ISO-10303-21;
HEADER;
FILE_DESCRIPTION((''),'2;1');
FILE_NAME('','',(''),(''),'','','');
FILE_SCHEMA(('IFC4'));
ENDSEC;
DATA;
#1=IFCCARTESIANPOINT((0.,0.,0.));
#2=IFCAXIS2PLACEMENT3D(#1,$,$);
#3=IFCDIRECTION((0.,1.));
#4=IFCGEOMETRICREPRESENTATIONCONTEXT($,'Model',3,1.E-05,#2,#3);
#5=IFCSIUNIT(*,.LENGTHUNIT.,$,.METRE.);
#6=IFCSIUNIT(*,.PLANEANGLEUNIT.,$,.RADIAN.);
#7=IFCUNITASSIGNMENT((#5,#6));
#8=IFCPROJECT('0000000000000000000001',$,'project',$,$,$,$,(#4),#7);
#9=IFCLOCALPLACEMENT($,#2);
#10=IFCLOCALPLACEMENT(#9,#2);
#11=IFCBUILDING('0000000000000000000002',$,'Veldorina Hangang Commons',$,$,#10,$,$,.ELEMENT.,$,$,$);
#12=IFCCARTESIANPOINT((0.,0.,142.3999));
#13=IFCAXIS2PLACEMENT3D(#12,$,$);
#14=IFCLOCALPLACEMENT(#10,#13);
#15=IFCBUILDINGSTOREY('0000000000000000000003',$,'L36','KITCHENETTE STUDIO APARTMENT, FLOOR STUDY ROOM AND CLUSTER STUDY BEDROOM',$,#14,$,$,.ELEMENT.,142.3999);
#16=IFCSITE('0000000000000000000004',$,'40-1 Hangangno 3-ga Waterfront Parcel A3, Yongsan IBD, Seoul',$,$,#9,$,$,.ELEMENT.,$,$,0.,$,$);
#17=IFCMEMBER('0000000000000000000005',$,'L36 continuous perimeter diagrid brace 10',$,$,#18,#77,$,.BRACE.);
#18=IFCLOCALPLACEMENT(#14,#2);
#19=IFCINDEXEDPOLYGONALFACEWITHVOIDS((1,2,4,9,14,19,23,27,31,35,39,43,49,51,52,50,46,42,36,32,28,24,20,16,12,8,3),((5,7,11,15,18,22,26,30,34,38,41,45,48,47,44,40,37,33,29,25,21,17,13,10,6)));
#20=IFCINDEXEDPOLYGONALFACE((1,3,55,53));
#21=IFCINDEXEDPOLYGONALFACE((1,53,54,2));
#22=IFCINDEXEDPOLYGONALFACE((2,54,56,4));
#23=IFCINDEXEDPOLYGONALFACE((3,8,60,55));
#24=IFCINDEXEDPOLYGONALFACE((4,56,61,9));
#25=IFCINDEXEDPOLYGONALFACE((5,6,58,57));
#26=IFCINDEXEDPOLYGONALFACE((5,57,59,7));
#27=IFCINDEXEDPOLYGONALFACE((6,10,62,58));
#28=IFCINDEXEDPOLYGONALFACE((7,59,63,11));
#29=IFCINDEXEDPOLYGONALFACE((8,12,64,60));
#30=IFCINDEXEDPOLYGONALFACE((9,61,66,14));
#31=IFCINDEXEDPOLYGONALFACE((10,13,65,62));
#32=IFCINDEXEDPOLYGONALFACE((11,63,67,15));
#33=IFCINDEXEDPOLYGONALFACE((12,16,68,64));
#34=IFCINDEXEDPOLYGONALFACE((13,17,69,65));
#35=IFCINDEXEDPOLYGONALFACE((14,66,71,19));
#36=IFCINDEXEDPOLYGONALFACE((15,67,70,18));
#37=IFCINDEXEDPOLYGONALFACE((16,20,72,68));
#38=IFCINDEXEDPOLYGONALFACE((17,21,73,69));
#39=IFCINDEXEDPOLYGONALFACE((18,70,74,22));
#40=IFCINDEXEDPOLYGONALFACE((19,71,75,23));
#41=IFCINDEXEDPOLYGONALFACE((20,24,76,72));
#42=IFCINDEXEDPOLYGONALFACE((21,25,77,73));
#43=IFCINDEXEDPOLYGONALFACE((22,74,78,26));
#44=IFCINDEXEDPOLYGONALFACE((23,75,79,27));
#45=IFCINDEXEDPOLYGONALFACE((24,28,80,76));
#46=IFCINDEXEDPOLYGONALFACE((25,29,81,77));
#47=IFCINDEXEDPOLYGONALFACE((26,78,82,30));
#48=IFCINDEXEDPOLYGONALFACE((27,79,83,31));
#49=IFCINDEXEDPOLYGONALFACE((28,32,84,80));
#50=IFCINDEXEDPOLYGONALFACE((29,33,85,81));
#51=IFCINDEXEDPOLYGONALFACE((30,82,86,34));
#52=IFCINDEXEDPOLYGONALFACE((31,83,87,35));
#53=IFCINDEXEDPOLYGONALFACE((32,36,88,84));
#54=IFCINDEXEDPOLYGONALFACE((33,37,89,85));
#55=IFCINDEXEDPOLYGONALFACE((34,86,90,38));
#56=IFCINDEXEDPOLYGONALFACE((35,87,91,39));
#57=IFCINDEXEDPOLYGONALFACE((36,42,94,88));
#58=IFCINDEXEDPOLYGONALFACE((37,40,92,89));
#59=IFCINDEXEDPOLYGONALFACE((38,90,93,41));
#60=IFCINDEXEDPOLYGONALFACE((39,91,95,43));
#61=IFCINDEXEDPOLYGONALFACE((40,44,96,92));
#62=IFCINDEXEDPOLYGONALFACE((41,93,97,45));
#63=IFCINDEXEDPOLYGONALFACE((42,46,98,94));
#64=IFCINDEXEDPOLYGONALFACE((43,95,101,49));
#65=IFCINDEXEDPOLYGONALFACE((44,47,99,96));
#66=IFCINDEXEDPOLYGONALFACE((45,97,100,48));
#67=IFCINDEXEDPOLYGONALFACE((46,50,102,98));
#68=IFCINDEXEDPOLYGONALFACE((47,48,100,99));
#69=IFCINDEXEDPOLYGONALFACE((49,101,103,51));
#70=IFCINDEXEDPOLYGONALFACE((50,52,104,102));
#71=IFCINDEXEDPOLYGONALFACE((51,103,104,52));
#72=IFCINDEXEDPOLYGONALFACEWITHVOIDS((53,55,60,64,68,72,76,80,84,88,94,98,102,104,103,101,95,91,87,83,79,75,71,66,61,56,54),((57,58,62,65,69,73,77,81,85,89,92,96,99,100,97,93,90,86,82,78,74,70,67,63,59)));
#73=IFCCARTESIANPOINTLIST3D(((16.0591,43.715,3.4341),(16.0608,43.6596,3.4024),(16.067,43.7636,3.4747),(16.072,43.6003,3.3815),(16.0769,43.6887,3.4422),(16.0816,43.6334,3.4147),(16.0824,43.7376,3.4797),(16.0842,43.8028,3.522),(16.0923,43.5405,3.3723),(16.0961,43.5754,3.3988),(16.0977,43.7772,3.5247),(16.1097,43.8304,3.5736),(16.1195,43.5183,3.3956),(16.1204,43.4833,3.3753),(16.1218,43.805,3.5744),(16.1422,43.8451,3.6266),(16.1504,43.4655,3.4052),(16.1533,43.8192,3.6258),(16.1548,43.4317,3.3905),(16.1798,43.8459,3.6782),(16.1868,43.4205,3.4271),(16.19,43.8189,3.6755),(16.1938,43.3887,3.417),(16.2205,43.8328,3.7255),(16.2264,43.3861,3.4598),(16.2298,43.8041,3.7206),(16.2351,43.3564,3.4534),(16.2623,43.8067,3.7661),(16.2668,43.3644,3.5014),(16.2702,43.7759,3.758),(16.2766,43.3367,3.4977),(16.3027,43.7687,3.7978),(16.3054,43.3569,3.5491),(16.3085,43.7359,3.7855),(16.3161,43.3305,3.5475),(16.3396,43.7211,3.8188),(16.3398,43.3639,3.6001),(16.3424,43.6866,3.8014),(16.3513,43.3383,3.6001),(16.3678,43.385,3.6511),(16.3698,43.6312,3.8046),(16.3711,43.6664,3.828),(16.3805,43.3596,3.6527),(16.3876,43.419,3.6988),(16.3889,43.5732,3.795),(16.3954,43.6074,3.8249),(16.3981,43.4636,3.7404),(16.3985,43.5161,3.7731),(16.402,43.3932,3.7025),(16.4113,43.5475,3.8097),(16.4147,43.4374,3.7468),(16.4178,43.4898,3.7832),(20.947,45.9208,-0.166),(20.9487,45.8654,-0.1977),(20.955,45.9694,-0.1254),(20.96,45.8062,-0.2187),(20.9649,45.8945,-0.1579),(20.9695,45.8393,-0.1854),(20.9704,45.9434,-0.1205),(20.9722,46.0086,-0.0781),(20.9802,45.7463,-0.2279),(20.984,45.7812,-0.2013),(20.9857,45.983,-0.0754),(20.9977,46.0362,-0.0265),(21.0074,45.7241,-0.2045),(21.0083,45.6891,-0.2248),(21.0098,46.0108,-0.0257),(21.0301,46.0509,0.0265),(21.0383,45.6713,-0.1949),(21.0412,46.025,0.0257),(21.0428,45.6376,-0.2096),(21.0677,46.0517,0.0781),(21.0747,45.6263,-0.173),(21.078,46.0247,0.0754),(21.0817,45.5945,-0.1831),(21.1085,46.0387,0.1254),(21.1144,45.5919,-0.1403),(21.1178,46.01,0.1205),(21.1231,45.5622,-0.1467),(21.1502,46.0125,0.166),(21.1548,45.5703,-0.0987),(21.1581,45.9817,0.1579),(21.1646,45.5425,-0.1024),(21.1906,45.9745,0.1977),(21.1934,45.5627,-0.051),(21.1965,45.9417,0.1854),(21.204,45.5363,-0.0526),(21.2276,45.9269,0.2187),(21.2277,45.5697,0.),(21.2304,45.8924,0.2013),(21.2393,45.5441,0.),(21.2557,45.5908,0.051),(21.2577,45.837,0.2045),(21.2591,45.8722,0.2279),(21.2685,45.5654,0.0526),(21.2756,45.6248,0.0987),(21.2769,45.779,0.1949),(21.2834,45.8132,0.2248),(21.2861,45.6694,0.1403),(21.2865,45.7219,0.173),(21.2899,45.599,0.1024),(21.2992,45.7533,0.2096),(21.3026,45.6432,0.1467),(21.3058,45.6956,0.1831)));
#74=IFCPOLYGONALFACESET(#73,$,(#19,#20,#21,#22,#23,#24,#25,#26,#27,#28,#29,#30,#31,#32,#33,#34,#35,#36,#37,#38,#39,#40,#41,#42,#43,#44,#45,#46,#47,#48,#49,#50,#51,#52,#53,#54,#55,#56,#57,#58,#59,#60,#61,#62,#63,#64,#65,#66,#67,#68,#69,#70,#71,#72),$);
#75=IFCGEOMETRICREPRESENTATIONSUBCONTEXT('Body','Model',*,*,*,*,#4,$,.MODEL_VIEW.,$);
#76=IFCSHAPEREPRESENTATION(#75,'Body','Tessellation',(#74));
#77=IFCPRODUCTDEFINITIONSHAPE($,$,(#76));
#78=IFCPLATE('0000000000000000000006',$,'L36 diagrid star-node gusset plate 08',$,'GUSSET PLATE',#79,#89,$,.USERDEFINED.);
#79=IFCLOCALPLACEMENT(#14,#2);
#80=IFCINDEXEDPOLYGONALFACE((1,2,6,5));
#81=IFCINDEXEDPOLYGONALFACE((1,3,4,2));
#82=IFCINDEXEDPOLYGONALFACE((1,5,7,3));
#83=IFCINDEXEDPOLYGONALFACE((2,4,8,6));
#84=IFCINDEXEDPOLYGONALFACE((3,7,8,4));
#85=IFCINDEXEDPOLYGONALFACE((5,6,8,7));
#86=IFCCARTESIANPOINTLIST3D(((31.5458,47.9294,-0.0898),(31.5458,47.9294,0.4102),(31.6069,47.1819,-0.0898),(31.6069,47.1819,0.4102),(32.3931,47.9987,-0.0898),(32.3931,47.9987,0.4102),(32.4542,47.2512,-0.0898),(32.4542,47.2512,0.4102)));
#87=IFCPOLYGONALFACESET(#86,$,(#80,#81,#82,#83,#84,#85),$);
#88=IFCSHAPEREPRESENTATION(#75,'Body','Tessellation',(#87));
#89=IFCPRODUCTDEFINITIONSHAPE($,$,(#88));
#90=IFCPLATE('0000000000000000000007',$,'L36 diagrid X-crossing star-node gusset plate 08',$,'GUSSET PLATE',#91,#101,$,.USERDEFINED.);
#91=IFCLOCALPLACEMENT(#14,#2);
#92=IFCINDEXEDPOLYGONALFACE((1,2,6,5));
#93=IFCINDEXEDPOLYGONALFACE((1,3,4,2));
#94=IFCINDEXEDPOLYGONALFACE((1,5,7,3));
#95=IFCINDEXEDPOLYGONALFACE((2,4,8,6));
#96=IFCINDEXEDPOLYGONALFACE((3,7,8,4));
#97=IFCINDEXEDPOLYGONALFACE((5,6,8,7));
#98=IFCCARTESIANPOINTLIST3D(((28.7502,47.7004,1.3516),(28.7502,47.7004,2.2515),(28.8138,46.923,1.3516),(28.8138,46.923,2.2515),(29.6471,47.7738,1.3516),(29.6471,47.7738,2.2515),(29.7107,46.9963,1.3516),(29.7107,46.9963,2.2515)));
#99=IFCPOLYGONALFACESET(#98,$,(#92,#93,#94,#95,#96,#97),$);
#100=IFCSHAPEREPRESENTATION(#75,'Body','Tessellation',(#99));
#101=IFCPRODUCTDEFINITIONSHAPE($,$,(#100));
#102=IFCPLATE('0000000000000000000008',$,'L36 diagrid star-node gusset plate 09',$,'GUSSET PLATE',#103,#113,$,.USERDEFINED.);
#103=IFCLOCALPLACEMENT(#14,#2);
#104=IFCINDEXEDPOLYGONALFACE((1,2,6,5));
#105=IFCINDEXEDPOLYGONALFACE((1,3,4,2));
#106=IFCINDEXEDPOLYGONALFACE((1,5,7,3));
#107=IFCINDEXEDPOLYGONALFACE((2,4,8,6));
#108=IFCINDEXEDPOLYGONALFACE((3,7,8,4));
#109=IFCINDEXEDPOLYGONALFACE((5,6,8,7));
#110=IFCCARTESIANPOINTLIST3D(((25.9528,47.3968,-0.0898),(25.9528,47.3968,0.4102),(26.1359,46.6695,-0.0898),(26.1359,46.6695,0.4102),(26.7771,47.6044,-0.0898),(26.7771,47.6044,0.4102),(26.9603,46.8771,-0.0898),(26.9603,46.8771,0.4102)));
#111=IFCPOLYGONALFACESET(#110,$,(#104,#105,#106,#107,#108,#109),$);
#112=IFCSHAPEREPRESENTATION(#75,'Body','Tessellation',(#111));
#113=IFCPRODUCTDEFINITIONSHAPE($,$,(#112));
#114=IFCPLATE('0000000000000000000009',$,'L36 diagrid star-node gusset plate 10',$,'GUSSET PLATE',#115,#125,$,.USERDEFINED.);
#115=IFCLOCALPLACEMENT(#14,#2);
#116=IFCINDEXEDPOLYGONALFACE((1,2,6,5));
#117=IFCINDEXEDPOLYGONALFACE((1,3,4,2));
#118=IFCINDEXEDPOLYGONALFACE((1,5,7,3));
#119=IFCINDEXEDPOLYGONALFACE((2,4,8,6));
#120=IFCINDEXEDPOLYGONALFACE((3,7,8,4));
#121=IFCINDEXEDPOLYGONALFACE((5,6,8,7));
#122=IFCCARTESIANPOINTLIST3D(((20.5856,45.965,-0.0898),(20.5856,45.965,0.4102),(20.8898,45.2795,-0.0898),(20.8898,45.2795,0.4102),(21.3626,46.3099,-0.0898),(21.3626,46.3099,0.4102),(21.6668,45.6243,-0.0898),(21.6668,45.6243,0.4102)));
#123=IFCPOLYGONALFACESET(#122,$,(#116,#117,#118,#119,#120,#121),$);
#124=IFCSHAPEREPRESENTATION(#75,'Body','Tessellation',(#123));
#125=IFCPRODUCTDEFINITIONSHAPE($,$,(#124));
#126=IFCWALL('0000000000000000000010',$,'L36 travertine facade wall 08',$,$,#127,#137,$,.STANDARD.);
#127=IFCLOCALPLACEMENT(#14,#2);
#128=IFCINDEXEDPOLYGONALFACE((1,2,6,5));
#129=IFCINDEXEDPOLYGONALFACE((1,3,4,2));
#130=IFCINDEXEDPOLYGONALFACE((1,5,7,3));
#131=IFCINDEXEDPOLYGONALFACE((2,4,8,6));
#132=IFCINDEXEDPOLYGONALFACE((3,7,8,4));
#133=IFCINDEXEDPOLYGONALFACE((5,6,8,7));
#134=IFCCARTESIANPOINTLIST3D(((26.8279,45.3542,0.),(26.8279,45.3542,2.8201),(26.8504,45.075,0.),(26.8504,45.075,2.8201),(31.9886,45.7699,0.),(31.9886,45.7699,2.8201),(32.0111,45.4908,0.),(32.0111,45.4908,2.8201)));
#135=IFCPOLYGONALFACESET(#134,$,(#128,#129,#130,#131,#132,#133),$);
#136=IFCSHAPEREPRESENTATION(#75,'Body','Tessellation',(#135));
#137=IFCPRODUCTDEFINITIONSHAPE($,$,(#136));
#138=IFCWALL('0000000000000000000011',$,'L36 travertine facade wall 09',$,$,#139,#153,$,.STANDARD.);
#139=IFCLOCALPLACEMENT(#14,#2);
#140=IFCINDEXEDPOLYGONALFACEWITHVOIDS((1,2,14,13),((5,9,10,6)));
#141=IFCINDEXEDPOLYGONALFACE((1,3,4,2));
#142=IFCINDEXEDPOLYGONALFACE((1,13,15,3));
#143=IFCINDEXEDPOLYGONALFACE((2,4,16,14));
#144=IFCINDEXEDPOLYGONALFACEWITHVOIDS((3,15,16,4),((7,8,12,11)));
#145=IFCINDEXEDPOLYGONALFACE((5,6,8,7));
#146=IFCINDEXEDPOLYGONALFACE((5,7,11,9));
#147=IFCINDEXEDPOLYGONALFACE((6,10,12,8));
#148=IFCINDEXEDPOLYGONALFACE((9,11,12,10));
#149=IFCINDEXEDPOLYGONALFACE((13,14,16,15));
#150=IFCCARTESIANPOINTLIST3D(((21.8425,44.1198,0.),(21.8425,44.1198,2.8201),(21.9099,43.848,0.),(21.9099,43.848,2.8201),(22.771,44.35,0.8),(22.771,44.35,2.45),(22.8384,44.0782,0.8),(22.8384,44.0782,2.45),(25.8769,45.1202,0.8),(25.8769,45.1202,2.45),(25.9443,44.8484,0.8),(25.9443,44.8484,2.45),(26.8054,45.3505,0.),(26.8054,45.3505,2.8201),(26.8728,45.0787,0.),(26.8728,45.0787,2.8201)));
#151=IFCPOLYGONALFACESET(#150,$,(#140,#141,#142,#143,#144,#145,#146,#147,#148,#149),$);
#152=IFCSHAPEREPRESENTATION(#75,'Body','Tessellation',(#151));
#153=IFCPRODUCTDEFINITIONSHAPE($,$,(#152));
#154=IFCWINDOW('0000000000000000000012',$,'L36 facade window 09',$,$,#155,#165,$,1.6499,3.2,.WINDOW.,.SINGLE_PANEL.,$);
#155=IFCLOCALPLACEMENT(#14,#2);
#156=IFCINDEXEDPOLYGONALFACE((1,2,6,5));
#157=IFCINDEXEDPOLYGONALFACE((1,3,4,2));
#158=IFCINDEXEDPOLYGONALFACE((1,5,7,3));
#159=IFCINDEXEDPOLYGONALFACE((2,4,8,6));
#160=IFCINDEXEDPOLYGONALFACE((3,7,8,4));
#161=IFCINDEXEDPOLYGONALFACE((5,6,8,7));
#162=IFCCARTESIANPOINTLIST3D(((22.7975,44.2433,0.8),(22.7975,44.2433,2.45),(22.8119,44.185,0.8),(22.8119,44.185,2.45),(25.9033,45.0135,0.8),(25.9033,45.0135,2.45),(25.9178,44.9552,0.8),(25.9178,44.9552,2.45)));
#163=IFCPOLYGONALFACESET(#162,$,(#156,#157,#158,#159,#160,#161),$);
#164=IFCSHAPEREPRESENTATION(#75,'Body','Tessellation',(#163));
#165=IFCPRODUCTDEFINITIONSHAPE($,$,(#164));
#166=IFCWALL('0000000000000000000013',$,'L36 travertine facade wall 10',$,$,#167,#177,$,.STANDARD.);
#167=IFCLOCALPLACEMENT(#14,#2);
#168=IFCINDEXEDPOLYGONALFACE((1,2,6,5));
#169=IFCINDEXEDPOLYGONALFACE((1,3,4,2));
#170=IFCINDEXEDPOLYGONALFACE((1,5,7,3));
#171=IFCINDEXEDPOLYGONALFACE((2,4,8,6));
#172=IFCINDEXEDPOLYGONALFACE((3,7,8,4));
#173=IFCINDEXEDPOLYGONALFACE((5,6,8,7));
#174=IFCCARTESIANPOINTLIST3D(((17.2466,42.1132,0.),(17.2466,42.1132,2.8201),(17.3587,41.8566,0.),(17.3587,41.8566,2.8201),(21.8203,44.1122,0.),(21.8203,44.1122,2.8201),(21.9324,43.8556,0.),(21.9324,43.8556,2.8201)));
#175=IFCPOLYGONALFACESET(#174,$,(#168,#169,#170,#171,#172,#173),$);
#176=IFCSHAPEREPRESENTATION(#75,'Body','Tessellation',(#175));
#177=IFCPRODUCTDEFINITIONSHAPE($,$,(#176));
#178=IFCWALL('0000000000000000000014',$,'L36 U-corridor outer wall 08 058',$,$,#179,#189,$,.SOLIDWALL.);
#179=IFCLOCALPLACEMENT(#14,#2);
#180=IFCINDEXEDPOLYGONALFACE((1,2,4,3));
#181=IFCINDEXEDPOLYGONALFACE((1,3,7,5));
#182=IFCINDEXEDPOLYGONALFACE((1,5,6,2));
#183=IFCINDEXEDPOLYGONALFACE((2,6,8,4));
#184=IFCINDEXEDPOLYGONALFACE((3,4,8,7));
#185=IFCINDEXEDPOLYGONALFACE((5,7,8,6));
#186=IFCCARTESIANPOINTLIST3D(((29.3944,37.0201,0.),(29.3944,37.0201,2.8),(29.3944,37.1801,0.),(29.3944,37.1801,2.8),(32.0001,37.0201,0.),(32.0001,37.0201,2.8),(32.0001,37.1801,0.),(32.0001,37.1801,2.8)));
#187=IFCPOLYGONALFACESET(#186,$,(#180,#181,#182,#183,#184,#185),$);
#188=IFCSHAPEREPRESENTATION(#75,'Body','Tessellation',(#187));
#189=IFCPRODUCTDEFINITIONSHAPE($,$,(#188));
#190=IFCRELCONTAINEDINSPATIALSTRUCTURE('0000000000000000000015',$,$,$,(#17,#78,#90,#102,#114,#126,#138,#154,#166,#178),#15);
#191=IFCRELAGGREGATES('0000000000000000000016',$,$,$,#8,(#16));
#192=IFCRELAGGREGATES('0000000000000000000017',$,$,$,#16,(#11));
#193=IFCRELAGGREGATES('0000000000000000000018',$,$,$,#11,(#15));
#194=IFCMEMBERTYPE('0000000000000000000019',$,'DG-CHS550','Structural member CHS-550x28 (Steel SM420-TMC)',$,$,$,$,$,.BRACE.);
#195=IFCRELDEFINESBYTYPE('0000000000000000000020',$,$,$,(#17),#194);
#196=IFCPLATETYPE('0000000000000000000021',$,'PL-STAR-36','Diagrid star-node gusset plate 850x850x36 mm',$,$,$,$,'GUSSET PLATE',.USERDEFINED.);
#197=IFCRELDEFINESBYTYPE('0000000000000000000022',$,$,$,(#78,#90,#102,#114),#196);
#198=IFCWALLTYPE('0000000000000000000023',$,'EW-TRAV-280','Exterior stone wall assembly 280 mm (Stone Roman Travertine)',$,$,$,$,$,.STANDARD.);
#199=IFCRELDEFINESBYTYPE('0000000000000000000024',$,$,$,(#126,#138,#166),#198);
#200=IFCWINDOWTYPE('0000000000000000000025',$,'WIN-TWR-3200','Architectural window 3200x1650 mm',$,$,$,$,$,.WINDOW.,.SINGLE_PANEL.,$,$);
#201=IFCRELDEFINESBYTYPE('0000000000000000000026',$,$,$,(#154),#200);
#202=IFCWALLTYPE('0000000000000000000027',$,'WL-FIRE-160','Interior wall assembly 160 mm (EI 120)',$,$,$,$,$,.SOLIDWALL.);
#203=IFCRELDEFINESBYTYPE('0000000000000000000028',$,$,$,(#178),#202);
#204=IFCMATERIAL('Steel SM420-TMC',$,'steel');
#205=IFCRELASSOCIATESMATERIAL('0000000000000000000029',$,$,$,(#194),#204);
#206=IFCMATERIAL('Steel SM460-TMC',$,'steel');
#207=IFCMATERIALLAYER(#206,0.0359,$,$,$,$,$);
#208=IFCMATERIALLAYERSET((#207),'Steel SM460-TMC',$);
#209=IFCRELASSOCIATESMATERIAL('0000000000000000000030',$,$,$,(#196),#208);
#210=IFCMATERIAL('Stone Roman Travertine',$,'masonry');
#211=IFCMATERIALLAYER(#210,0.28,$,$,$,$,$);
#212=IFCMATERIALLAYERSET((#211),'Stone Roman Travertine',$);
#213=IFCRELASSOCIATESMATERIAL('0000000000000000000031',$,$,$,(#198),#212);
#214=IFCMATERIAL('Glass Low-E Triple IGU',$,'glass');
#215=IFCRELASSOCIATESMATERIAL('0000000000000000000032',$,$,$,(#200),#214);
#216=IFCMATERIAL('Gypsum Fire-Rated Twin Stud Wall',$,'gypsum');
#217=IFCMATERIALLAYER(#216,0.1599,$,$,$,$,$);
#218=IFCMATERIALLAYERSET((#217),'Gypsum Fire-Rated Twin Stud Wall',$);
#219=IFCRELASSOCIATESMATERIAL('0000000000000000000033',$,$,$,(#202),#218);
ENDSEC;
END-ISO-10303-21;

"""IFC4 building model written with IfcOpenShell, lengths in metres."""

from ifc_helpers import new_model, si_unit, direction, frame, frame_2d, origin, origin_2d, place, context, subcontext, project, spatial, rectangle, hollow_circle, extrude, material, layer, layer_set, material_profile, profile_set, type_object, element, fill, save


model = new_model("IFC4")

# Units and contexts
model_context = context("Model", 3, precision=1e-05, world=origin(), true_north=direction((0.0, 1.0)))
body_context = subcontext(model_context, "Body", "Model", "MODEL_VIEW")
ifc_project = project(units=[si_unit("LENGTHUNIT", "METRE"), si_unit("PLANEANGLEUNIT", "RADIAN")], contexts=[model_context])

# Site, building, storey
site_placement = place(None, origin())
site = spatial("IfcSite", under=ifc_project, at=site_placement, Name="40-1 Hangangno 3-ga Waterfront Parcel A3, Yongsan IBD, Seoul", CompositionType="ELEMENT", RefElevation=0.0)
building_placement = place(site_placement, origin())
building = spatial("IfcBuilding", under=site, at=building_placement, Name="Veldorina Hangang Commons", CompositionType="ELEMENT")
storey_placement = place(building_placement, frame((0.0, 0.0, 142.3999)))
storey = spatial("IfcBuildingStorey", under=building, at=storey_placement, Name="L36", Description="KITCHENETTE STUDIO APARTMENT, FLOOR STUDY ROOM AND CLUSTER STUDY BEDROOM", CompositionType="ELEMENT", Elevation=142.3999)

# Shared definitions
ifc_material_1 = material(Name="Steel SM420-TMC", Category="steel")

# Member
ifc_material_profile_1 = material_profile(ifc_material_1, hollow_circle(Radius=0.2749, WallThickness=0.0281, at=origin_2d()), Name="CHS-550x28")
ifc_profile_set_1 = profile_set([ifc_material_profile_1], Name="Steel SM420-TMC")
member_type = type_object("IfcMemberType", Name="DG-CHS550", Description="Structural member CHS-550x28 (Steel SM420-TMC)", PredefinedType="BRACE", material=ifc_profile_set_1)
member_1_placement = place(storey_placement, frame((21.1262, 45.7947, 0.0), z_axis=(-0.756768, -0.341511, 0.55738), x_axis=(0.411332, -0.911486, 0.0)))
element("IfcMember", 1, at=member_1_placement, inside=storey, type_object=member_type, Name="L36 continuous perimeter diagrid brace 10", PredefinedType="BRACE", context=body_context, shape_type="SweptSolid", body=[
    extrude(hollow_circle(Radius=0.2749, WallThickness=0.0281, at=origin_2d()), origin(), (0.0, 0.0, 1.0), 6.459),
])

# Plates
ifc_material_2 = material(Name="Steel SM460-TMC", Category="steel")
ifc_layer_1 = layer(ifc_material_2, 0.0359)
ifc_layer_set_1 = layer_set([ifc_layer_1], Name="Steel SM460-TMC")
plate_type = type_object("IfcPlateType", Name="PL-STAR-36", Description="Diagrid star-node gusset plate 850x850x36 mm", ElementType="GUSSET PLATE", PredefinedType="USERDEFINED", material=ifc_layer_set_1)
plate_1_placement = place(storey_placement, frame((32.0, 47.5903, -0.0898), z_axis=(0.0, 0.0, 1.0), x_axis=(-0.996673, -0.081504, 0.0)))
element("IfcPlate", 2, at=plate_1_placement, inside=storey, type_object=plate_type, Name="L36 diagrid star-node gusset plate 08", ObjectType="GUSSET PLATE", PredefinedType="USERDEFINED", context=body_context, shape_type="SweptSolid", body=[
    extrude(rectangle(XDim=0.8501, YDim=0.75, at=origin_2d()), origin(), (0.0, 0.0, 1.0), 0.5),
])
plate_2_placement = place(storey_placement, frame((29.2305, 47.3484, 1.3516), z_axis=(0.0, 0.0, 1.0), x_axis=(-0.996673, -0.081504, 0.0)))
element("IfcPlate", 3, at=plate_2_placement, inside=storey, type_object=plate_type, Name="L36 diagrid X-crossing star-node gusset plate 08", ObjectType="GUSSET PLATE", PredefinedType="USERDEFINED", context=body_context, shape_type="SweptSolid", body=[
    extrude(rectangle(XDim=0.8999, YDim=0.78, at=origin_2d()), origin(), (0.0, 0.0, 1.0), 0.8999),
])
for number, where, z_axis, x_axis, name in (
    (4, (26.4565, 47.137, -0.0898), (0.0, 0.0, 1.0), (-0.969723, -0.244207, 0.0), "L36 diagrid star-node gusset plate 09"),
    (5, (21.1262, 45.7947, -0.0898), (0.0, 0.0, 1.0), (-0.914042, -0.40562, 0.0), "L36 diagrid star-node gusset plate 10"),
):
    element("IfcPlate", number, at=place(storey_placement, frame(where, z_axis=z_axis, x_axis=x_axis)), inside=storey, type_object=plate_type, Name=name, ObjectType="GUSSET PLATE", PredefinedType="USERDEFINED", context=body_context, shape_type="SweptSolid", body=[
        extrude(rectangle(XDim=0.8501, YDim=0.75, at=origin_2d()), origin(), (0.0, 0.0, 1.0), 0.5),
    ])

# Wall
ifc_material_3 = material(Name="Stone Roman Travertine", Category="masonry")
ifc_layer_2 = layer(ifc_material_3, 0.28)
ifc_layer_set_2 = layer_set([ifc_layer_2], Name="Stone Roman Travertine")
wall_type_1 = type_object("IfcWallType", Name="EW-TRAV-280", Description="Exterior stone wall assembly 280 mm (Stone Roman Travertine)", PredefinedType="STANDARD", material=ifc_layer_set_2)
wall_1_placement = place(storey_placement, frame((32.0, 45.6304, 0.0), z_axis=(0.0, 0.0, 1.0), x_axis=(-0.996771, -0.080302, 0.0)))
element("IfcWall", 6, at=wall_1_placement, inside=storey, type_object=wall_type_1, Name="L36 travertine facade wall 08", PredefinedType="STANDARD", context=body_context, shape_type="SweptSolid", body=[
    extrude(rectangle(XDim=5.1775, YDim=0.28, at=frame_2d((2.5889, 0.0))), origin(), (0.0, 0.0, 1.0), 2.8201),
])

# Wall, opening, window
wall_2_placement = place(storey_placement, frame((26.8391, 45.2146, 0.0), z_axis=(0.0, 0.0, 1.0), x_axis=(-0.970601, -0.240693, 0.0)))
wall_2 = element("IfcWall", 7, at=wall_2_placement, inside=storey, type_object=wall_type_1, Name="L36 travertine facade wall 09", PredefinedType="STANDARD", context=body_context, shape_type="SweptSolid", body=[
    extrude(rectangle(XDim=5.1133, YDim=0.28, at=frame_2d((2.5566, 0.0))), origin(), (0.0, 0.0, 1.0), 2.8201),
])
opening_1_placement = place(wall_2_placement, frame((0.9565, 0.0, 0.8)))
opening_1 = element("IfcOpeningElement", 8, at=opening_1_placement, cuts=wall_2, PredefinedType="OPENING", context=body_context, shape_type="SweptSolid", body=[
    extrude(rectangle(XDim=3.2, YDim=1.6499, at=frame_2d((1.6001, 0.825))), frame((0.0, 0.1499, 0.0), z_axis=(0.0, -1.0, 0.0), x_axis=(1.0, 0.0, 0.0)), (0.0, 0.0, 1.0), 0.3),
])
ifc_material_4 = material(Name="Glass Low-E Triple IGU", Category="glass")
window_type = type_object("IfcWindowType", Name="WIN-TWR-3200", Description="Architectural window 3200x1650 mm", PartitioningType="SINGLE_PANEL", PredefinedType="WINDOW", material=ifc_material_4)
window_placement = place(opening_1_placement, origin())
window = element("IfcWindow", 9, at=window_placement, inside=storey, type_object=window_type, Name="L36 facade window 09", OverallHeight=1.6499, OverallWidth=3.2, PartitioningType="SINGLE_PANEL", PredefinedType="WINDOW", context=body_context, shape_type="SweptSolid", body=[
    extrude(rectangle(XDim=3.2, YDim=1.6499, at=frame_2d((1.6001, 0.825))), frame((0.0, 0.03, 0.0), z_axis=(0.0, -1.0, 0.0), x_axis=(1.0, 0.0, 0.0)), (0.0, 0.0, 1.0), 0.0601),
])
fill(opening_1, window)

# Walls
wall_3_placement = place(storey_placement, frame((21.8762, 43.9839, 0.0), z_axis=(0.0, 0.0, 1.0), x_axis=(-0.916303, -0.400485, 0.0)))
element("IfcWall", 10, at=wall_3_placement, inside=storey, type_object=wall_type_1, Name="L36 travertine facade wall 10", PredefinedType="STANDARD", context=body_context, shape_type="SweptSolid", body=[
    extrude(rectangle(XDim=4.9915, YDim=0.28, at=frame_2d((2.4956, 0.0))), origin(), (0.0, 0.0, 1.0), 2.8201),
])
ifc_material_5 = material(Name="Gypsum Fire-Rated Twin Stud Wall", Category="gypsum")
ifc_layer_3 = layer(ifc_material_5, 0.1599)
ifc_layer_set_3 = layer_set([ifc_layer_3], Name="Gypsum Fire-Rated Twin Stud Wall")
wall_type_2 = type_object("IfcWallType", Name="WL-FIRE-160", Description="Interior wall assembly 160 mm (EI 120)", PredefinedType="SOLIDWALL", material=ifc_layer_set_3)
wall_4_placement = place(storey_placement, frame((32.0, 37.1001, 0.0), z_axis=(0.0, 0.0, 1.0), x_axis=(-1.0, 0.0, 0.0)))
element("IfcWall", 11, at=wall_4_placement, inside=storey, type_object=wall_type_2, Name="L36 U-corridor outer wall 08 058", PredefinedType="SOLIDWALL", context=body_context, shape_type="SweptSolid", body=[
    extrude(rectangle(XDim=2.6057, YDim=0.1599, at=frame_2d((1.3027, 0.0))), origin(), (0.0, 0.0, 1.0), 2.8),
])

save(model, "model.ifc")
